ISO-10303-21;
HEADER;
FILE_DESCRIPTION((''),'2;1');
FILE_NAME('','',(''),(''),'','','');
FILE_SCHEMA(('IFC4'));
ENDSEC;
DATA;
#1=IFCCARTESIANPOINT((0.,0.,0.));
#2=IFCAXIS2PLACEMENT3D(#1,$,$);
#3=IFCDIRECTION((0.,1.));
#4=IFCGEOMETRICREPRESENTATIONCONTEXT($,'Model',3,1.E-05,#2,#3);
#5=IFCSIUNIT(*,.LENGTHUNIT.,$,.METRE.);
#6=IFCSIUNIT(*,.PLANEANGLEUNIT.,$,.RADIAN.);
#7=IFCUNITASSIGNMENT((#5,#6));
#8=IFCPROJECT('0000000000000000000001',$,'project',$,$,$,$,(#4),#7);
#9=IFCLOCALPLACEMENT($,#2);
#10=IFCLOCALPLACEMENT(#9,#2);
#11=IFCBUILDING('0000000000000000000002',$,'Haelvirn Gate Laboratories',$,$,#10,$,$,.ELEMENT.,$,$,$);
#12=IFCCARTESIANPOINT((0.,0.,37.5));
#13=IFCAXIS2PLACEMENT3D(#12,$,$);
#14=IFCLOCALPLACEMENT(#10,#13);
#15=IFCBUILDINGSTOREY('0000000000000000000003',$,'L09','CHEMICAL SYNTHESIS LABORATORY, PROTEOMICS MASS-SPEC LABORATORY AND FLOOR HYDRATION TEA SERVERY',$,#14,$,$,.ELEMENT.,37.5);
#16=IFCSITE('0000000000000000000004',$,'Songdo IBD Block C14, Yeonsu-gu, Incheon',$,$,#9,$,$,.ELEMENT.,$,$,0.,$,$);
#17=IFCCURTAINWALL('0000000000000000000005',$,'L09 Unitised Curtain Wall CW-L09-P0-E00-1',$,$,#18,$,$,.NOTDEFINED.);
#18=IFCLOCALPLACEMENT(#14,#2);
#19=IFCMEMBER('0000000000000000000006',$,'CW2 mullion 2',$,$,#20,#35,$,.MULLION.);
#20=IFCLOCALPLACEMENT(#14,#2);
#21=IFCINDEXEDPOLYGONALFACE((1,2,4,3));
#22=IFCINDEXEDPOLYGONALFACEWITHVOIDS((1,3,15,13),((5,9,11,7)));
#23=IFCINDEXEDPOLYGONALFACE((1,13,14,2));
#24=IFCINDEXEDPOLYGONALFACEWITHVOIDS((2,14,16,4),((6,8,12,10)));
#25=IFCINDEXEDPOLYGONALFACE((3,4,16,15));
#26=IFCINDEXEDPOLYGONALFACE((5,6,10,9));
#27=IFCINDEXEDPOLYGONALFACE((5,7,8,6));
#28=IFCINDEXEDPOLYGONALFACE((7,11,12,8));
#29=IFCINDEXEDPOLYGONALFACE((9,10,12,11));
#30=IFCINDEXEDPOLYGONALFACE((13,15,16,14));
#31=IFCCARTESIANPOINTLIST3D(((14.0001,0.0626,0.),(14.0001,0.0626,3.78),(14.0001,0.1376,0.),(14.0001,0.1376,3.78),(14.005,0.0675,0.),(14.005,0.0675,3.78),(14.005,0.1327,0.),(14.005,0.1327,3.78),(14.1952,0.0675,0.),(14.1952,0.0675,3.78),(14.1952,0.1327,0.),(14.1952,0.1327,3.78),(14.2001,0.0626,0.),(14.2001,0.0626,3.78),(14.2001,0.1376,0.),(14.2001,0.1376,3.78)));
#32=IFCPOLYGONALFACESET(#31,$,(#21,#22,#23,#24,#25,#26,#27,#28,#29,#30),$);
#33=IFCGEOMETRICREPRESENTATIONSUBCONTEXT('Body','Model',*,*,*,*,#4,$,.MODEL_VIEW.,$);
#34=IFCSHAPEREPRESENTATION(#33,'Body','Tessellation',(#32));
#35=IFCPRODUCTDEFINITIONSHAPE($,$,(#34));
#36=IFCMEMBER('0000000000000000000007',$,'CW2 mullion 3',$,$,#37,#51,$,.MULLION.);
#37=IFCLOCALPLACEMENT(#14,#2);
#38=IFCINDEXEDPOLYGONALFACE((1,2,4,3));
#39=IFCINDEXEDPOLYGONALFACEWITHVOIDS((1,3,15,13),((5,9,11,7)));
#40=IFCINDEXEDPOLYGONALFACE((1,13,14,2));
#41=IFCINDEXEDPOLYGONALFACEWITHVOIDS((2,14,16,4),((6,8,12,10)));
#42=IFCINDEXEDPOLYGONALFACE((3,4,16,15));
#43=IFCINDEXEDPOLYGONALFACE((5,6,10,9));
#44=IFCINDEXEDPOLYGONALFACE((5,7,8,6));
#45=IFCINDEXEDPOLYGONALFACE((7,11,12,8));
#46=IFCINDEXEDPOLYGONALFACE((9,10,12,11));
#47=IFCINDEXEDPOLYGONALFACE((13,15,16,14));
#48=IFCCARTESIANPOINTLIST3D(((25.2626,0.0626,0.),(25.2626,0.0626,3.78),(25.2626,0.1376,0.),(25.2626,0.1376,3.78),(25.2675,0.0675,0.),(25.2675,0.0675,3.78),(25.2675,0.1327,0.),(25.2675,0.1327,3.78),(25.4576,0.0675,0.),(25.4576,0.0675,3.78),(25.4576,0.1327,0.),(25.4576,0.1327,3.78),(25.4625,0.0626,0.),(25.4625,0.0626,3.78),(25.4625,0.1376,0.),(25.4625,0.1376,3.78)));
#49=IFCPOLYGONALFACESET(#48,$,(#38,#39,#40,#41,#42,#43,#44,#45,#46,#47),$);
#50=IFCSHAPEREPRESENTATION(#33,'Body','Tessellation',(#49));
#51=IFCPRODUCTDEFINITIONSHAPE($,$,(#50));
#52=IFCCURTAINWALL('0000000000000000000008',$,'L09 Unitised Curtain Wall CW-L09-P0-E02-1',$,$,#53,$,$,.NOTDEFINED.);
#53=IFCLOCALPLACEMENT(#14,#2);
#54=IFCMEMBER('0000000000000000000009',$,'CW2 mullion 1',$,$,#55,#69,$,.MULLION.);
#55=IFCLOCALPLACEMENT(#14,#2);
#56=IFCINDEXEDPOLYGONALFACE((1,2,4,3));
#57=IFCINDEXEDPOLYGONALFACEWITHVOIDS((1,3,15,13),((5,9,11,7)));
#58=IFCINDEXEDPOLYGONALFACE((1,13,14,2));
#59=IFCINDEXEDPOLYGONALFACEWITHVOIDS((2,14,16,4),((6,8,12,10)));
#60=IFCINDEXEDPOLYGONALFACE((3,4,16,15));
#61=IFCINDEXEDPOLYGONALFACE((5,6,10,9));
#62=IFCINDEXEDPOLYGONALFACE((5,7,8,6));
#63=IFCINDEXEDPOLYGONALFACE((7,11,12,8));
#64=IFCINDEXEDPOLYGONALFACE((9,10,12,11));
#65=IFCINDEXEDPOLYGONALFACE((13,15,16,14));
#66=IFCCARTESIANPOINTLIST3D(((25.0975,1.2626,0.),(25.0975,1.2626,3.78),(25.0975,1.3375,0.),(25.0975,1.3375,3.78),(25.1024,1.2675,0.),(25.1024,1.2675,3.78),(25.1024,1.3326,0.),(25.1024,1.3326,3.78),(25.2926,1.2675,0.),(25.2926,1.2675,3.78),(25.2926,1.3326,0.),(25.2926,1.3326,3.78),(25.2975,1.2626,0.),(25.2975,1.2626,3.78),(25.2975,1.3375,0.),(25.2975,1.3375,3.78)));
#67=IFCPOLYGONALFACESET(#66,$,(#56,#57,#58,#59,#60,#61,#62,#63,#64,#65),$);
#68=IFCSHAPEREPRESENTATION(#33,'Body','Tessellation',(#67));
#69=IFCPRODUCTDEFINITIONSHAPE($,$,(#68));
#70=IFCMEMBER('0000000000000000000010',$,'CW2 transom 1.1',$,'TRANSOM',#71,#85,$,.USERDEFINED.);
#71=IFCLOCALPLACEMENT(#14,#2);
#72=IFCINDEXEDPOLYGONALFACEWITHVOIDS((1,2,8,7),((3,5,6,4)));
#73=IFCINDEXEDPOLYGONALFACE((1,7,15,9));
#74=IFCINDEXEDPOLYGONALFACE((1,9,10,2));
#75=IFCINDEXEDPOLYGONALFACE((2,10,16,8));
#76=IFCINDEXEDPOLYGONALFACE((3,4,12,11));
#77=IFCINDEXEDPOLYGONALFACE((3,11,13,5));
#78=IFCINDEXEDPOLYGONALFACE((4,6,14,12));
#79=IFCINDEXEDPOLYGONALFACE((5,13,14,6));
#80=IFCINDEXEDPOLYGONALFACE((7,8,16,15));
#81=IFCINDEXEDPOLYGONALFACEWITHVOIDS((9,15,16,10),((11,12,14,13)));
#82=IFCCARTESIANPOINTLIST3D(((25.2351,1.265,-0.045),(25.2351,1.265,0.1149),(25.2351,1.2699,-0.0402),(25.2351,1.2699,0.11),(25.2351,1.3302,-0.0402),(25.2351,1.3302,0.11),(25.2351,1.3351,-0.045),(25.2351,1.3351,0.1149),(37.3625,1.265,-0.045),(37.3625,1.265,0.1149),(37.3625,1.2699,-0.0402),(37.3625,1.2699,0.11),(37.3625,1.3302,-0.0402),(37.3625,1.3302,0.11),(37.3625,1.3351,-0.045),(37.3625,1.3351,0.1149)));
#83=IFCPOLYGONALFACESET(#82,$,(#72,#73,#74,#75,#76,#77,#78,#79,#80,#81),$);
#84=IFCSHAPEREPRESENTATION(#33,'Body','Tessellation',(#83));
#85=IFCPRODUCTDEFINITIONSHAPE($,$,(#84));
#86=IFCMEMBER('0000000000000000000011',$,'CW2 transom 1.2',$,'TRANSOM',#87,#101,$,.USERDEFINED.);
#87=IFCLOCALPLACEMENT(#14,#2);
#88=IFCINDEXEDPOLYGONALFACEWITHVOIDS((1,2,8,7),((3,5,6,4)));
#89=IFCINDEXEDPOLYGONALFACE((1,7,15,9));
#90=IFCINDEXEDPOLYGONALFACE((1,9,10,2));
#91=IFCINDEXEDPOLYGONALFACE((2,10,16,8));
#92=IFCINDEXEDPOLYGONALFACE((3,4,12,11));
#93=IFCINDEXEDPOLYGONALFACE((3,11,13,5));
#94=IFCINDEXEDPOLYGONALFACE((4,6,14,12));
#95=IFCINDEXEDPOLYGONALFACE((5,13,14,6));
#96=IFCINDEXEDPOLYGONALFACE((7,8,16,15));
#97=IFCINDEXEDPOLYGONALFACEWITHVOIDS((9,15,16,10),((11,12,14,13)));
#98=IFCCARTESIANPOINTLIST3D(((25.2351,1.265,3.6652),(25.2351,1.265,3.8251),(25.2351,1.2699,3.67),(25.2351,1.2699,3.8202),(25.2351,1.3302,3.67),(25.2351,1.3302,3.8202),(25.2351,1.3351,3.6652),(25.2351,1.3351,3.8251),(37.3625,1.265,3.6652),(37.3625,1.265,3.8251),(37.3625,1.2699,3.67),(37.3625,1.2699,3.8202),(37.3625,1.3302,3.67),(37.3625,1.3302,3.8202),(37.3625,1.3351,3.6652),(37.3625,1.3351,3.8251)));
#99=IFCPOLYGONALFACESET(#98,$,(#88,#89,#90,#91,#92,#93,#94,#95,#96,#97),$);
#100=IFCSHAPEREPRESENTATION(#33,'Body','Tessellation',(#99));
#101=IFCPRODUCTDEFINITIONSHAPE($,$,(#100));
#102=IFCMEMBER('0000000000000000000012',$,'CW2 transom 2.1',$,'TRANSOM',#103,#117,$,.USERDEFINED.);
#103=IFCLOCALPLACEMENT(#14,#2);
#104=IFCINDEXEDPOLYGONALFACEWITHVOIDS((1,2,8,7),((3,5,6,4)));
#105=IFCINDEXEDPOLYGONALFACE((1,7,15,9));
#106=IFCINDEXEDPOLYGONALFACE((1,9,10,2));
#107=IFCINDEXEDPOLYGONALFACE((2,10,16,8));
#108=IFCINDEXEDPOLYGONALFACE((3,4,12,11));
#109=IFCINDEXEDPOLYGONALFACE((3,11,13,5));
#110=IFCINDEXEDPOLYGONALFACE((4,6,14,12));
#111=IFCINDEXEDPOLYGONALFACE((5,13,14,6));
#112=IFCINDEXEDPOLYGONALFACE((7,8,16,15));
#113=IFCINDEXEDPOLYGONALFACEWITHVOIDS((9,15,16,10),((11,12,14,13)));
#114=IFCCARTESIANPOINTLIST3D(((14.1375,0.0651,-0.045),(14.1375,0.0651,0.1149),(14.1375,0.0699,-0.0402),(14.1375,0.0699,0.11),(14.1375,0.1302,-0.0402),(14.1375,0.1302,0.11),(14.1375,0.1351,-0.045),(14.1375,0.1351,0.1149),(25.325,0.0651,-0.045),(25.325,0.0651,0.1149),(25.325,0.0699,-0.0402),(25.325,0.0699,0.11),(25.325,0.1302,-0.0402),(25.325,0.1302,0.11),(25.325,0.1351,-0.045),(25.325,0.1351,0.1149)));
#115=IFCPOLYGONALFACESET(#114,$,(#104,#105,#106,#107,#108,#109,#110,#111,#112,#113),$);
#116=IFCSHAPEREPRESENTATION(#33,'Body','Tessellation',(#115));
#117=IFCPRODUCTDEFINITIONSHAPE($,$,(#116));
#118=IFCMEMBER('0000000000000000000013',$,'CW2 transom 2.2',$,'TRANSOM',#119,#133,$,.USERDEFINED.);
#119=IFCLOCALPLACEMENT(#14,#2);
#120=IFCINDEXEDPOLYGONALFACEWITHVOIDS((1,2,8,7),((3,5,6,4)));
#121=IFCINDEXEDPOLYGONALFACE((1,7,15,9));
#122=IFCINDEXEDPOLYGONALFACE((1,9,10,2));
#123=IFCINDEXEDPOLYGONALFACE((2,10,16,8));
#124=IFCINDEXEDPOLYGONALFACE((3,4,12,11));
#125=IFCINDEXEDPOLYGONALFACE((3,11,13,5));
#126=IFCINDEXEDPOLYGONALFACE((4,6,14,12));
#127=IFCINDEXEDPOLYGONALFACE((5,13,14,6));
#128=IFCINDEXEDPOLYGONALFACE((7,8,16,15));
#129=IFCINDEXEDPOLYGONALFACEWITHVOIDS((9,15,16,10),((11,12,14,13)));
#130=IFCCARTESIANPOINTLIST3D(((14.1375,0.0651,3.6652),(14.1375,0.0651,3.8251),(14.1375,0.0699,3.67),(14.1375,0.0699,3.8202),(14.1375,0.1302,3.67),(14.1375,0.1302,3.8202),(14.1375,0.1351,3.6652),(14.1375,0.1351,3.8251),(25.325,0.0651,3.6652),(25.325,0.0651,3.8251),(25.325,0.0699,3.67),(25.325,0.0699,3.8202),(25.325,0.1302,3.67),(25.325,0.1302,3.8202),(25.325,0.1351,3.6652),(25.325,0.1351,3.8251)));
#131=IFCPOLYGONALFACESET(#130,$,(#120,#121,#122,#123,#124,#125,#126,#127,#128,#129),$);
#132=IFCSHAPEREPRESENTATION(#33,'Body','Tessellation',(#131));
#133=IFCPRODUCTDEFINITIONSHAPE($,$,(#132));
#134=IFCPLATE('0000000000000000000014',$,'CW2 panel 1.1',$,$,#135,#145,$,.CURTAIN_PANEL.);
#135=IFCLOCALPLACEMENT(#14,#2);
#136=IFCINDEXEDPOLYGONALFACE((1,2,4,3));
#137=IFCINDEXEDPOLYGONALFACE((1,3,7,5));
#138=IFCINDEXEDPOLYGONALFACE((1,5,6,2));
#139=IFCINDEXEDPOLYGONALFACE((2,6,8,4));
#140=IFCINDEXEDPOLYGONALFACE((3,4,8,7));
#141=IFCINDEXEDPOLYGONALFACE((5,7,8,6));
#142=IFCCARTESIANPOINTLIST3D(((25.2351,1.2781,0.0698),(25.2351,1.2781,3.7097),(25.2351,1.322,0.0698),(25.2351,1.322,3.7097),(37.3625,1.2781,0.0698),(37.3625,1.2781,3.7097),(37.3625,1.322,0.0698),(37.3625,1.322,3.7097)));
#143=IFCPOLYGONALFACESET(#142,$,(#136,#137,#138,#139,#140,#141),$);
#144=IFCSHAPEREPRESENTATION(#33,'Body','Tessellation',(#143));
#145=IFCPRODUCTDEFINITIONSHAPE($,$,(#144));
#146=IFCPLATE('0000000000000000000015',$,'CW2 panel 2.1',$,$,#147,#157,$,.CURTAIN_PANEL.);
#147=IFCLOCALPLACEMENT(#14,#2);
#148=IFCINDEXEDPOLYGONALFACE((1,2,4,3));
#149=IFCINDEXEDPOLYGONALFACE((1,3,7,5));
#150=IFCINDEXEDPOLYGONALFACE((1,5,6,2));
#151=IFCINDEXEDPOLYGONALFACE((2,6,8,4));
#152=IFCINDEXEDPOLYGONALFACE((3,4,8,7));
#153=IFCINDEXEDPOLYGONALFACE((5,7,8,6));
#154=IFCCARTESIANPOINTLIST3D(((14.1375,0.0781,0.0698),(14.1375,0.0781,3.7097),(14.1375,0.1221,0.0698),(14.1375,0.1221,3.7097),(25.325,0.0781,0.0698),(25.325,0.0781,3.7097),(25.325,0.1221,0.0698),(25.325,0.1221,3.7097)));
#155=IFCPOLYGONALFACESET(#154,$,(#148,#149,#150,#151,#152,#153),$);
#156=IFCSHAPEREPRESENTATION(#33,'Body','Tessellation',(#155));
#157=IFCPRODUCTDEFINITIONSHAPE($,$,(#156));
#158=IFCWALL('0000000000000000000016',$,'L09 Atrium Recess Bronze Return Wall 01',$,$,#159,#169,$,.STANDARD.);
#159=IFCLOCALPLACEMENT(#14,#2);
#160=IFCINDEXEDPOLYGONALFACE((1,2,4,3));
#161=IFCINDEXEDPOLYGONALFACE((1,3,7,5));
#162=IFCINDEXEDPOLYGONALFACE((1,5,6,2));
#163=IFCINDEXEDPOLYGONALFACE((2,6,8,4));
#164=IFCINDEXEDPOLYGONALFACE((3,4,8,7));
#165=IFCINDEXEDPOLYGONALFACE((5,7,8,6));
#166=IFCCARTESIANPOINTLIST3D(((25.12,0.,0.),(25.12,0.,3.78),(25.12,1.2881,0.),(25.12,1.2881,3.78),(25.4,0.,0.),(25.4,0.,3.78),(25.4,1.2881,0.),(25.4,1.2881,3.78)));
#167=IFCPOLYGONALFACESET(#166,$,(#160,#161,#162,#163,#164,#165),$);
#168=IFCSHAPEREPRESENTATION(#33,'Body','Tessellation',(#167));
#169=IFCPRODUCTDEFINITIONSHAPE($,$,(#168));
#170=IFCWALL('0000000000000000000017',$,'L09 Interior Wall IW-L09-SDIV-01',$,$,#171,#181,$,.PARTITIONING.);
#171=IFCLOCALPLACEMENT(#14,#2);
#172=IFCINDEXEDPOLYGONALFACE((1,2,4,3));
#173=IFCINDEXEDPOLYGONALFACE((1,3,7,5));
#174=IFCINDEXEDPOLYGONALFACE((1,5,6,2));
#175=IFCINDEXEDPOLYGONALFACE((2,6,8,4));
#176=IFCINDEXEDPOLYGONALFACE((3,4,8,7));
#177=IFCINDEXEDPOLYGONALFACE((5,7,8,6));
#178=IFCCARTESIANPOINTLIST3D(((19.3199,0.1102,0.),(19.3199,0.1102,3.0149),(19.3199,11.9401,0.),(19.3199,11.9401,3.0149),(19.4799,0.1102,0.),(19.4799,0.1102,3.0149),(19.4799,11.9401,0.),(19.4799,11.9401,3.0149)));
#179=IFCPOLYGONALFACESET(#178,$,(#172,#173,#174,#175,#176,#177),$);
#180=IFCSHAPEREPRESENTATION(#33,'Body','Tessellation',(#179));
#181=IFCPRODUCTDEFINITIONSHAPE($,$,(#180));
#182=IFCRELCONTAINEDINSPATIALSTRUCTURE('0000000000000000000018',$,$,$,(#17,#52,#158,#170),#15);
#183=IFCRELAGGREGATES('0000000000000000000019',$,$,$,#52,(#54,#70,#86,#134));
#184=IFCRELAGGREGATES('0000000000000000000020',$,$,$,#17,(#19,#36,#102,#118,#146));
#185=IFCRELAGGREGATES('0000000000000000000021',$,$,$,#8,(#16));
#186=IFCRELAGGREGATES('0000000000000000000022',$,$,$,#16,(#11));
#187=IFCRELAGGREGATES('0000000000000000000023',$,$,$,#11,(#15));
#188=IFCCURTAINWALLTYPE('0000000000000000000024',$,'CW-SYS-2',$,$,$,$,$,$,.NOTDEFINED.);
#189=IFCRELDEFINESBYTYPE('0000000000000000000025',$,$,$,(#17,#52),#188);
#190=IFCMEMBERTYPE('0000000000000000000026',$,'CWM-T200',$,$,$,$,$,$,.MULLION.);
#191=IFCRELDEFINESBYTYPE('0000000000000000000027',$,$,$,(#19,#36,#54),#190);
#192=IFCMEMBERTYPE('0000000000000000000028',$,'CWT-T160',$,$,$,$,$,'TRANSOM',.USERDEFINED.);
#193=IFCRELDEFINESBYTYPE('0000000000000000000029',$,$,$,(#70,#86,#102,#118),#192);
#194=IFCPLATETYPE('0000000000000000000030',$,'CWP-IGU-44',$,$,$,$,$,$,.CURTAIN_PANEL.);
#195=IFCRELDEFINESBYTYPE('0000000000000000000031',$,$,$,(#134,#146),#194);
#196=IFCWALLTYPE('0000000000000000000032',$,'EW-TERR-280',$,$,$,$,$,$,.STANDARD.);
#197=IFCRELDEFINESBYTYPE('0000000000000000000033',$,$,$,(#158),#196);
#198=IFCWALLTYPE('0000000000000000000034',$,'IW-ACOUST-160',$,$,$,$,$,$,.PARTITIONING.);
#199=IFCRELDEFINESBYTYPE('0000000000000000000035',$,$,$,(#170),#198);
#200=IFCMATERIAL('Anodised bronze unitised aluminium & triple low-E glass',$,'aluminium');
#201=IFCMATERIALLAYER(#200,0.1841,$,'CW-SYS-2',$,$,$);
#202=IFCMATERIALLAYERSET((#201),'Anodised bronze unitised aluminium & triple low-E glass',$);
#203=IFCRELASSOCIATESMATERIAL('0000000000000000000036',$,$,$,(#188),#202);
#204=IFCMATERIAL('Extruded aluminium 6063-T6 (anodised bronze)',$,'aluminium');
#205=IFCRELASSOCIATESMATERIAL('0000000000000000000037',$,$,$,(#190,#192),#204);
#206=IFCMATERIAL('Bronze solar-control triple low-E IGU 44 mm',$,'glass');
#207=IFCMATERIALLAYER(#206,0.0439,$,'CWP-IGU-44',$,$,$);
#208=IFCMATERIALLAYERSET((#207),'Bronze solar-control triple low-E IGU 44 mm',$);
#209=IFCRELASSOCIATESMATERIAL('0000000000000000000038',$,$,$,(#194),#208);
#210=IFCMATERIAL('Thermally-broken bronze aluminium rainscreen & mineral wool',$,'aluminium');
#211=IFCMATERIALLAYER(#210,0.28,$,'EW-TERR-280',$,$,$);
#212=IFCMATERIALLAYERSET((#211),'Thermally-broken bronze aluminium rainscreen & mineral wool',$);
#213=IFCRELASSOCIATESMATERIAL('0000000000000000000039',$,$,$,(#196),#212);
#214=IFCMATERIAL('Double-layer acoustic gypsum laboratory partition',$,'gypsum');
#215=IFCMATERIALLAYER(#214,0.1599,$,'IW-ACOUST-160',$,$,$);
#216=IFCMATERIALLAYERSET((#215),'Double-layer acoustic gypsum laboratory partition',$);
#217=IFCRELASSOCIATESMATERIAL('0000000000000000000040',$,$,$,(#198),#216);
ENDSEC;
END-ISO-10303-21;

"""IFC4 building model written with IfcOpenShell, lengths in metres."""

from ifc_helpers import new_model, si_unit, direction, frame, frame_2d, origin, origin_2d, place, context, subcontext, project, spatial, rectangle, hollow_rectangle, extrude, source, transform, mapped, material, layer, layer_set, material_profile, profile_set, type_object, type_shapes, element, aggregate, save


model = new_model("IFC4")

# Units and contexts
model_context = context("Model", 3, precision=1e-05, world=origin(), true_north=direction((0.0, 1.0)))
body_context = subcontext(model_context, "Body", "Model", "MODEL_VIEW")
ifc_project = project(units=[si_unit("LENGTHUNIT", "METRE"), si_unit("PLANEANGLEUNIT", "RADIAN")], contexts=[model_context])

# Site, building, storey
site_placement = place(None, origin())
site = spatial("IfcSite", under=ifc_project, at=site_placement, Name="Songdo IBD Block C14, Yeonsu-gu, Incheon", CompositionType="ELEMENT", RefElevation=0.0)
building_placement = place(site_placement, origin())
building = spatial("IfcBuilding", under=site, at=building_placement, Name="Haelvirn Gate Laboratories", CompositionType="ELEMENT")
storey_placement = place(building_placement, frame((0.0, 0.0, 37.5)))
storey = spatial("IfcBuildingStorey", under=building, at=storey_placement, Name="L09", Description="CHEMICAL SYNTHESIS LABORATORY, PROTEOMICS MASS-SPEC LABORATORY AND FLOOR HYDRATION TEA SERVERY", CompositionType="ELEMENT", Elevation=37.5)

# Curtain walls, members
ifc_material_1 = material(Name="Anodised bronze unitised aluminium & triple low-E glass", Category="aluminium")
ifc_layer_1 = layer(ifc_material_1, 0.1841, Name="CW-SYS-2")
ifc_layer_set_1 = layer_set([ifc_layer_1], Name="Anodised bronze unitised aluminium & triple low-E glass")
curtain_wall_type = type_object("IfcCurtainWallType", Name="CW-SYS-2", PredefinedType="NOTDEFINED", material=ifc_layer_set_1)
curtain_wall_1_placement = place(storey_placement, origin())
curtain_wall_1 = element("IfcCurtainWall", 1, at=curtain_wall_1_placement, inside=storey, type_object=curtain_wall_type, Name="L09 Unitised Curtain Wall CW-L09-P0-E00-1", PredefinedType="NOTDEFINED")
ifc_material_2 = material(Name="Extruded aluminium 6063-T6 (anodised bronze)", Category="aluminium")
ifc_material_profile_1 = material_profile(ifc_material_2, hollow_rectangle(XDim=0.075, YDim=0.2, WallThickness=0.0049, at=origin_2d()), Name="CWM-200x75x5")
ifc_profile_set_1 = profile_set([ifc_material_profile_1], Name="Extruded aluminium 6063-T6 (anodised bronze)")
member_type_1 = type_object("IfcMemberType", Name="CWM-T200", PredefinedType="MULLION", material=ifc_profile_set_1)
shared_shape_1 = source(origin(), body_context, "Body", "SweptSolid", [
    extrude(hollow_rectangle(XDim=0.075, YDim=0.2, WallThickness=0.0049, at=origin_2d()), origin(), (0.0, 0.0, 1.0), 3.78),
])
type_shapes(member_type_1, [shared_shape_1])
member_1_placement = place(storey_placement, frame((14.1001, 0.1001, 0.0), z_axis=(0.0, 0.0, 1.0), x_axis=(0.0, 1.0, 0.0)))
member_1 = element("IfcMember", 2, at=member_1_placement, type_object=member_type_1, Name="CW2 mullion 2", PredefinedType="MULLION", context=body_context, shape_type="MappedRepresentation", body=[
    mapped(shared_shape_1, transform((0.0, 0.0, 0.0), scale=1.0)),
])
member_2_placement = place(storey_placement, frame((25.3625, 0.1001, 0.0), z_axis=(0.0, 0.0, 1.0), x_axis=(0.0, 1.0, 0.0)))
member_2 = element("IfcMember", 3, at=member_2_placement, type_object=member_type_1, Name="CW2 mullion 3", PredefinedType="MULLION", context=body_context, shape_type="MappedRepresentation", body=[
    mapped(shared_shape_1, transform((0.0, 0.0, 0.0), scale=1.0)),
])
curtain_wall_2_placement = place(storey_placement, origin())
curtain_wall_2 = element("IfcCurtainWall", 4, at=curtain_wall_2_placement, inside=storey, type_object=curtain_wall_type, Name="L09 Unitised Curtain Wall CW-L09-P0-E02-1", PredefinedType="NOTDEFINED")
member_3_placement = place(storey_placement, frame((25.1975, 1.3, 0.0), z_axis=(0.0, 0.0, 1.0), x_axis=(0.0, 1.0, 0.0)))
member_3 = element("IfcMember", 5, at=member_3_placement, type_object=member_type_1, Name="CW2 mullion 1", PredefinedType="MULLION", context=body_context, shape_type="MappedRepresentation", body=[
    mapped(shared_shape_1, transform((0.0, 0.0, 0.0), scale=1.0)),
])
ifc_material_profile_2 = material_profile(ifc_material_2, hollow_rectangle(XDim=0.0701, YDim=0.1599, WallThickness=0.0049, at=origin_2d()), Name="CWT-160x70x5")
ifc_profile_set_2 = profile_set([ifc_material_profile_2], Name="Extruded aluminium 6063-T6 (anodised bronze)")
member_type_2 = type_object("IfcMemberType", Name="CWT-T160", ElementType="TRANSOM", PredefinedType="USERDEFINED", material=ifc_profile_set_2)
shared_shape_2 = source(origin(), body_context, "Body", "SweptSolid", [
    extrude(hollow_rectangle(XDim=0.0701, YDim=0.1599, WallThickness=0.0049, at=origin_2d()), origin(), (0.0, 0.0, 1.0), 12.1274),
])
member_4_placement = place(storey_placement, frame((25.2351, 1.3, 0.0349), z_axis=(1.0, 0.0, 0.0), x_axis=(0.0, 1.0, 0.0)))
member_4 = element("IfcMember", 6, at=member_4_placement, type_object=member_type_2, Name="CW2 transom 1.1", ObjectType="TRANSOM", PredefinedType="USERDEFINED", context=body_context, shape_type="MappedRepresentation", body=[
    mapped(shared_shape_2, transform((0.0, 0.0, 0.0), scale=1.0)),
])
member_5_placement = place(storey_placement, frame((25.2351, 1.3, 3.7451), z_axis=(1.0, 0.0, 0.0), x_axis=(0.0, 1.0, 0.0)))
member_5 = element("IfcMember", 7, at=member_5_placement, type_object=member_type_2, Name="CW2 transom 1.2", ObjectType="TRANSOM", PredefinedType="USERDEFINED", context=body_context, shape_type="MappedRepresentation", body=[
    mapped(shared_shape_2, transform((0.0, 0.0, 0.0), scale=1.0)),
])

# Members
shared_shape_3 = source(origin(), body_context, "Body", "SweptSolid", [
    extrude(hollow_rectangle(XDim=0.0701, YDim=0.1599, WallThickness=0.0049, at=origin_2d()), origin(), (0.0, 0.0, 1.0), 11.1875),
])
type_shapes(member_type_2, [shared_shape_2, shared_shape_3])
member_6_placement = place(storey_placement, frame((14.1375, 0.1001, 0.0349), z_axis=(1.0, 0.0, 0.0), x_axis=(0.0, 1.0, 0.0)))
member_6 = element("IfcMember", 8, at=member_6_placement, type_object=member_type_2, Name="CW2 transom 2.1", ObjectType="TRANSOM", PredefinedType="USERDEFINED", context=body_context, shape_type="MappedRepresentation", body=[
    mapped(shared_shape_3, transform((0.0, 0.0, 0.0), scale=1.0)),
])
member_7_placement = place(storey_placement, frame((14.1375, 0.1001, 3.7451), z_axis=(1.0, 0.0, 0.0), x_axis=(0.0, 1.0, 0.0)))
member_7 = element("IfcMember", 9, at=member_7_placement, type_object=member_type_2, Name="CW2 transom 2.2", ObjectType="TRANSOM", PredefinedType="USERDEFINED", context=body_context, shape_type="MappedRepresentation", body=[
    mapped(shared_shape_3, transform((0.0, 0.0, 0.0), scale=1.0)),
])

# Plates
ifc_material_3 = material(Name="Bronze solar-control triple low-E IGU 44 mm", Category="glass")
ifc_layer_2 = layer(ifc_material_3, 0.0439, Name="CWP-IGU-44")
ifc_layer_set_2 = layer_set([ifc_layer_2], Name="Bronze solar-control triple low-E IGU 44 mm")
plate_type = type_object("IfcPlateType", Name="CWP-IGU-44", PredefinedType="CURTAIN_PANEL", material=ifc_layer_set_2)
shared_shape_4 = source(origin(), body_context, "Body", "SweptSolid", [
    extrude(rectangle(XDim=12.1274, YDim=0.0439, at=origin_2d()), origin(), (0.0, 0.0, 1.0), 3.6399),
])
plate_1_placement = place(storey_placement, frame((31.2988, 1.3, 0.0698), z_axis=(0.0, 0.0, 1.0), x_axis=(1.0, 0.0, 0.0)))
plate_1 = element("IfcPlate", 10, at=plate_1_placement, type_object=plate_type, Name="CW2 panel 1.1", PredefinedType="CURTAIN_PANEL", context=body_context, shape_type="MappedRepresentation", body=[
    mapped(shared_shape_4, transform((0.0, 0.0, 0.0), scale=1.0)),
])
aggregate(curtain_wall_2, [member_3, member_4, member_5, plate_1])
shared_shape_5 = source(origin(), body_context, "Body", "SweptSolid", [
    extrude(rectangle(XDim=11.1875, YDim=0.0439, at=origin_2d()), origin(), (0.0, 0.0, 1.0), 3.6399),
])
type_shapes(plate_type, [shared_shape_4, shared_shape_5])
plate_2_placement = place(storey_placement, frame((19.7312, 0.1001, 0.0698), z_axis=(0.0, 0.0, 1.0), x_axis=(1.0, 0.0, 0.0)))
plate_2 = element("IfcPlate", 11, at=plate_2_placement, type_object=plate_type, Name="CW2 panel 2.1", PredefinedType="CURTAIN_PANEL", context=body_context, shape_type="MappedRepresentation", body=[
    mapped(shared_shape_5, transform((0.0, 0.0, 0.0), scale=1.0)),
])
aggregate(curtain_wall_1, [member_1, member_2, member_6, member_7, plate_2])

# Walls
ifc_material_4 = material(Name="Thermally-broken bronze aluminium rainscreen & mineral wool", Category="aluminium")
ifc_layer_3 = layer(ifc_material_4, 0.28, Name="EW-TERR-280")
ifc_layer_set_3 = layer_set([ifc_layer_3], Name="Thermally-broken bronze aluminium rainscreen & mineral wool")
wall_type_1 = type_object("IfcWallType", Name="EW-TERR-280", PredefinedType="STANDARD", material=ifc_layer_set_3)
wall_1_placement = place(storey_placement, frame((25.26, 0.0, 0.0), z_axis=(0.0, 0.0, 1.0), x_axis=(0.0, 1.0, 0.0)))
element("IfcWall", 12, at=wall_1_placement, inside=storey, type_object=wall_type_1, Name="L09 Atrium Recess Bronze Return Wall 01", PredefinedType="STANDARD", context=body_context, shape_type="SweptSolid", body=[
    extrude(rectangle(XDim=1.2881, YDim=0.28, at=frame_2d((0.644, 0.0))), origin(), (0.0, 0.0, 1.0), 3.78),
])
ifc_material_5 = material(Name="Double-layer acoustic gypsum laboratory partition", Category="gypsum")
ifc_layer_4 = layer(ifc_material_5, 0.1599, Name="IW-ACOUST-160")
ifc_layer_set_4 = layer_set([ifc_layer_4], Name="Double-layer acoustic gypsum laboratory partition")
wall_type_2 = type_object("IfcWallType", Name="IW-ACOUST-160", PredefinedType="PARTITIONING", material=ifc_layer_set_4)
wall_2_placement = place(storey_placement, frame((19.3999, 0.1101, 0.0), z_axis=(0.0, 0.0, 1.0), x_axis=(0.0, 1.0, 0.0)))
element("IfcWall", 13, at=wall_2_placement, inside=storey, type_object=wall_type_2, Name="L09 Interior Wall IW-L09-SDIV-01", PredefinedType="PARTITIONING", context=body_context, shape_type="SweptSolid", body=[
    extrude(rectangle(XDim=11.8298, YDim=0.1599, at=frame_2d((5.915, 0.0))), origin(), (0.0, 0.0, 1.0), 3.0149),
])

save(model, "model.ifc")
